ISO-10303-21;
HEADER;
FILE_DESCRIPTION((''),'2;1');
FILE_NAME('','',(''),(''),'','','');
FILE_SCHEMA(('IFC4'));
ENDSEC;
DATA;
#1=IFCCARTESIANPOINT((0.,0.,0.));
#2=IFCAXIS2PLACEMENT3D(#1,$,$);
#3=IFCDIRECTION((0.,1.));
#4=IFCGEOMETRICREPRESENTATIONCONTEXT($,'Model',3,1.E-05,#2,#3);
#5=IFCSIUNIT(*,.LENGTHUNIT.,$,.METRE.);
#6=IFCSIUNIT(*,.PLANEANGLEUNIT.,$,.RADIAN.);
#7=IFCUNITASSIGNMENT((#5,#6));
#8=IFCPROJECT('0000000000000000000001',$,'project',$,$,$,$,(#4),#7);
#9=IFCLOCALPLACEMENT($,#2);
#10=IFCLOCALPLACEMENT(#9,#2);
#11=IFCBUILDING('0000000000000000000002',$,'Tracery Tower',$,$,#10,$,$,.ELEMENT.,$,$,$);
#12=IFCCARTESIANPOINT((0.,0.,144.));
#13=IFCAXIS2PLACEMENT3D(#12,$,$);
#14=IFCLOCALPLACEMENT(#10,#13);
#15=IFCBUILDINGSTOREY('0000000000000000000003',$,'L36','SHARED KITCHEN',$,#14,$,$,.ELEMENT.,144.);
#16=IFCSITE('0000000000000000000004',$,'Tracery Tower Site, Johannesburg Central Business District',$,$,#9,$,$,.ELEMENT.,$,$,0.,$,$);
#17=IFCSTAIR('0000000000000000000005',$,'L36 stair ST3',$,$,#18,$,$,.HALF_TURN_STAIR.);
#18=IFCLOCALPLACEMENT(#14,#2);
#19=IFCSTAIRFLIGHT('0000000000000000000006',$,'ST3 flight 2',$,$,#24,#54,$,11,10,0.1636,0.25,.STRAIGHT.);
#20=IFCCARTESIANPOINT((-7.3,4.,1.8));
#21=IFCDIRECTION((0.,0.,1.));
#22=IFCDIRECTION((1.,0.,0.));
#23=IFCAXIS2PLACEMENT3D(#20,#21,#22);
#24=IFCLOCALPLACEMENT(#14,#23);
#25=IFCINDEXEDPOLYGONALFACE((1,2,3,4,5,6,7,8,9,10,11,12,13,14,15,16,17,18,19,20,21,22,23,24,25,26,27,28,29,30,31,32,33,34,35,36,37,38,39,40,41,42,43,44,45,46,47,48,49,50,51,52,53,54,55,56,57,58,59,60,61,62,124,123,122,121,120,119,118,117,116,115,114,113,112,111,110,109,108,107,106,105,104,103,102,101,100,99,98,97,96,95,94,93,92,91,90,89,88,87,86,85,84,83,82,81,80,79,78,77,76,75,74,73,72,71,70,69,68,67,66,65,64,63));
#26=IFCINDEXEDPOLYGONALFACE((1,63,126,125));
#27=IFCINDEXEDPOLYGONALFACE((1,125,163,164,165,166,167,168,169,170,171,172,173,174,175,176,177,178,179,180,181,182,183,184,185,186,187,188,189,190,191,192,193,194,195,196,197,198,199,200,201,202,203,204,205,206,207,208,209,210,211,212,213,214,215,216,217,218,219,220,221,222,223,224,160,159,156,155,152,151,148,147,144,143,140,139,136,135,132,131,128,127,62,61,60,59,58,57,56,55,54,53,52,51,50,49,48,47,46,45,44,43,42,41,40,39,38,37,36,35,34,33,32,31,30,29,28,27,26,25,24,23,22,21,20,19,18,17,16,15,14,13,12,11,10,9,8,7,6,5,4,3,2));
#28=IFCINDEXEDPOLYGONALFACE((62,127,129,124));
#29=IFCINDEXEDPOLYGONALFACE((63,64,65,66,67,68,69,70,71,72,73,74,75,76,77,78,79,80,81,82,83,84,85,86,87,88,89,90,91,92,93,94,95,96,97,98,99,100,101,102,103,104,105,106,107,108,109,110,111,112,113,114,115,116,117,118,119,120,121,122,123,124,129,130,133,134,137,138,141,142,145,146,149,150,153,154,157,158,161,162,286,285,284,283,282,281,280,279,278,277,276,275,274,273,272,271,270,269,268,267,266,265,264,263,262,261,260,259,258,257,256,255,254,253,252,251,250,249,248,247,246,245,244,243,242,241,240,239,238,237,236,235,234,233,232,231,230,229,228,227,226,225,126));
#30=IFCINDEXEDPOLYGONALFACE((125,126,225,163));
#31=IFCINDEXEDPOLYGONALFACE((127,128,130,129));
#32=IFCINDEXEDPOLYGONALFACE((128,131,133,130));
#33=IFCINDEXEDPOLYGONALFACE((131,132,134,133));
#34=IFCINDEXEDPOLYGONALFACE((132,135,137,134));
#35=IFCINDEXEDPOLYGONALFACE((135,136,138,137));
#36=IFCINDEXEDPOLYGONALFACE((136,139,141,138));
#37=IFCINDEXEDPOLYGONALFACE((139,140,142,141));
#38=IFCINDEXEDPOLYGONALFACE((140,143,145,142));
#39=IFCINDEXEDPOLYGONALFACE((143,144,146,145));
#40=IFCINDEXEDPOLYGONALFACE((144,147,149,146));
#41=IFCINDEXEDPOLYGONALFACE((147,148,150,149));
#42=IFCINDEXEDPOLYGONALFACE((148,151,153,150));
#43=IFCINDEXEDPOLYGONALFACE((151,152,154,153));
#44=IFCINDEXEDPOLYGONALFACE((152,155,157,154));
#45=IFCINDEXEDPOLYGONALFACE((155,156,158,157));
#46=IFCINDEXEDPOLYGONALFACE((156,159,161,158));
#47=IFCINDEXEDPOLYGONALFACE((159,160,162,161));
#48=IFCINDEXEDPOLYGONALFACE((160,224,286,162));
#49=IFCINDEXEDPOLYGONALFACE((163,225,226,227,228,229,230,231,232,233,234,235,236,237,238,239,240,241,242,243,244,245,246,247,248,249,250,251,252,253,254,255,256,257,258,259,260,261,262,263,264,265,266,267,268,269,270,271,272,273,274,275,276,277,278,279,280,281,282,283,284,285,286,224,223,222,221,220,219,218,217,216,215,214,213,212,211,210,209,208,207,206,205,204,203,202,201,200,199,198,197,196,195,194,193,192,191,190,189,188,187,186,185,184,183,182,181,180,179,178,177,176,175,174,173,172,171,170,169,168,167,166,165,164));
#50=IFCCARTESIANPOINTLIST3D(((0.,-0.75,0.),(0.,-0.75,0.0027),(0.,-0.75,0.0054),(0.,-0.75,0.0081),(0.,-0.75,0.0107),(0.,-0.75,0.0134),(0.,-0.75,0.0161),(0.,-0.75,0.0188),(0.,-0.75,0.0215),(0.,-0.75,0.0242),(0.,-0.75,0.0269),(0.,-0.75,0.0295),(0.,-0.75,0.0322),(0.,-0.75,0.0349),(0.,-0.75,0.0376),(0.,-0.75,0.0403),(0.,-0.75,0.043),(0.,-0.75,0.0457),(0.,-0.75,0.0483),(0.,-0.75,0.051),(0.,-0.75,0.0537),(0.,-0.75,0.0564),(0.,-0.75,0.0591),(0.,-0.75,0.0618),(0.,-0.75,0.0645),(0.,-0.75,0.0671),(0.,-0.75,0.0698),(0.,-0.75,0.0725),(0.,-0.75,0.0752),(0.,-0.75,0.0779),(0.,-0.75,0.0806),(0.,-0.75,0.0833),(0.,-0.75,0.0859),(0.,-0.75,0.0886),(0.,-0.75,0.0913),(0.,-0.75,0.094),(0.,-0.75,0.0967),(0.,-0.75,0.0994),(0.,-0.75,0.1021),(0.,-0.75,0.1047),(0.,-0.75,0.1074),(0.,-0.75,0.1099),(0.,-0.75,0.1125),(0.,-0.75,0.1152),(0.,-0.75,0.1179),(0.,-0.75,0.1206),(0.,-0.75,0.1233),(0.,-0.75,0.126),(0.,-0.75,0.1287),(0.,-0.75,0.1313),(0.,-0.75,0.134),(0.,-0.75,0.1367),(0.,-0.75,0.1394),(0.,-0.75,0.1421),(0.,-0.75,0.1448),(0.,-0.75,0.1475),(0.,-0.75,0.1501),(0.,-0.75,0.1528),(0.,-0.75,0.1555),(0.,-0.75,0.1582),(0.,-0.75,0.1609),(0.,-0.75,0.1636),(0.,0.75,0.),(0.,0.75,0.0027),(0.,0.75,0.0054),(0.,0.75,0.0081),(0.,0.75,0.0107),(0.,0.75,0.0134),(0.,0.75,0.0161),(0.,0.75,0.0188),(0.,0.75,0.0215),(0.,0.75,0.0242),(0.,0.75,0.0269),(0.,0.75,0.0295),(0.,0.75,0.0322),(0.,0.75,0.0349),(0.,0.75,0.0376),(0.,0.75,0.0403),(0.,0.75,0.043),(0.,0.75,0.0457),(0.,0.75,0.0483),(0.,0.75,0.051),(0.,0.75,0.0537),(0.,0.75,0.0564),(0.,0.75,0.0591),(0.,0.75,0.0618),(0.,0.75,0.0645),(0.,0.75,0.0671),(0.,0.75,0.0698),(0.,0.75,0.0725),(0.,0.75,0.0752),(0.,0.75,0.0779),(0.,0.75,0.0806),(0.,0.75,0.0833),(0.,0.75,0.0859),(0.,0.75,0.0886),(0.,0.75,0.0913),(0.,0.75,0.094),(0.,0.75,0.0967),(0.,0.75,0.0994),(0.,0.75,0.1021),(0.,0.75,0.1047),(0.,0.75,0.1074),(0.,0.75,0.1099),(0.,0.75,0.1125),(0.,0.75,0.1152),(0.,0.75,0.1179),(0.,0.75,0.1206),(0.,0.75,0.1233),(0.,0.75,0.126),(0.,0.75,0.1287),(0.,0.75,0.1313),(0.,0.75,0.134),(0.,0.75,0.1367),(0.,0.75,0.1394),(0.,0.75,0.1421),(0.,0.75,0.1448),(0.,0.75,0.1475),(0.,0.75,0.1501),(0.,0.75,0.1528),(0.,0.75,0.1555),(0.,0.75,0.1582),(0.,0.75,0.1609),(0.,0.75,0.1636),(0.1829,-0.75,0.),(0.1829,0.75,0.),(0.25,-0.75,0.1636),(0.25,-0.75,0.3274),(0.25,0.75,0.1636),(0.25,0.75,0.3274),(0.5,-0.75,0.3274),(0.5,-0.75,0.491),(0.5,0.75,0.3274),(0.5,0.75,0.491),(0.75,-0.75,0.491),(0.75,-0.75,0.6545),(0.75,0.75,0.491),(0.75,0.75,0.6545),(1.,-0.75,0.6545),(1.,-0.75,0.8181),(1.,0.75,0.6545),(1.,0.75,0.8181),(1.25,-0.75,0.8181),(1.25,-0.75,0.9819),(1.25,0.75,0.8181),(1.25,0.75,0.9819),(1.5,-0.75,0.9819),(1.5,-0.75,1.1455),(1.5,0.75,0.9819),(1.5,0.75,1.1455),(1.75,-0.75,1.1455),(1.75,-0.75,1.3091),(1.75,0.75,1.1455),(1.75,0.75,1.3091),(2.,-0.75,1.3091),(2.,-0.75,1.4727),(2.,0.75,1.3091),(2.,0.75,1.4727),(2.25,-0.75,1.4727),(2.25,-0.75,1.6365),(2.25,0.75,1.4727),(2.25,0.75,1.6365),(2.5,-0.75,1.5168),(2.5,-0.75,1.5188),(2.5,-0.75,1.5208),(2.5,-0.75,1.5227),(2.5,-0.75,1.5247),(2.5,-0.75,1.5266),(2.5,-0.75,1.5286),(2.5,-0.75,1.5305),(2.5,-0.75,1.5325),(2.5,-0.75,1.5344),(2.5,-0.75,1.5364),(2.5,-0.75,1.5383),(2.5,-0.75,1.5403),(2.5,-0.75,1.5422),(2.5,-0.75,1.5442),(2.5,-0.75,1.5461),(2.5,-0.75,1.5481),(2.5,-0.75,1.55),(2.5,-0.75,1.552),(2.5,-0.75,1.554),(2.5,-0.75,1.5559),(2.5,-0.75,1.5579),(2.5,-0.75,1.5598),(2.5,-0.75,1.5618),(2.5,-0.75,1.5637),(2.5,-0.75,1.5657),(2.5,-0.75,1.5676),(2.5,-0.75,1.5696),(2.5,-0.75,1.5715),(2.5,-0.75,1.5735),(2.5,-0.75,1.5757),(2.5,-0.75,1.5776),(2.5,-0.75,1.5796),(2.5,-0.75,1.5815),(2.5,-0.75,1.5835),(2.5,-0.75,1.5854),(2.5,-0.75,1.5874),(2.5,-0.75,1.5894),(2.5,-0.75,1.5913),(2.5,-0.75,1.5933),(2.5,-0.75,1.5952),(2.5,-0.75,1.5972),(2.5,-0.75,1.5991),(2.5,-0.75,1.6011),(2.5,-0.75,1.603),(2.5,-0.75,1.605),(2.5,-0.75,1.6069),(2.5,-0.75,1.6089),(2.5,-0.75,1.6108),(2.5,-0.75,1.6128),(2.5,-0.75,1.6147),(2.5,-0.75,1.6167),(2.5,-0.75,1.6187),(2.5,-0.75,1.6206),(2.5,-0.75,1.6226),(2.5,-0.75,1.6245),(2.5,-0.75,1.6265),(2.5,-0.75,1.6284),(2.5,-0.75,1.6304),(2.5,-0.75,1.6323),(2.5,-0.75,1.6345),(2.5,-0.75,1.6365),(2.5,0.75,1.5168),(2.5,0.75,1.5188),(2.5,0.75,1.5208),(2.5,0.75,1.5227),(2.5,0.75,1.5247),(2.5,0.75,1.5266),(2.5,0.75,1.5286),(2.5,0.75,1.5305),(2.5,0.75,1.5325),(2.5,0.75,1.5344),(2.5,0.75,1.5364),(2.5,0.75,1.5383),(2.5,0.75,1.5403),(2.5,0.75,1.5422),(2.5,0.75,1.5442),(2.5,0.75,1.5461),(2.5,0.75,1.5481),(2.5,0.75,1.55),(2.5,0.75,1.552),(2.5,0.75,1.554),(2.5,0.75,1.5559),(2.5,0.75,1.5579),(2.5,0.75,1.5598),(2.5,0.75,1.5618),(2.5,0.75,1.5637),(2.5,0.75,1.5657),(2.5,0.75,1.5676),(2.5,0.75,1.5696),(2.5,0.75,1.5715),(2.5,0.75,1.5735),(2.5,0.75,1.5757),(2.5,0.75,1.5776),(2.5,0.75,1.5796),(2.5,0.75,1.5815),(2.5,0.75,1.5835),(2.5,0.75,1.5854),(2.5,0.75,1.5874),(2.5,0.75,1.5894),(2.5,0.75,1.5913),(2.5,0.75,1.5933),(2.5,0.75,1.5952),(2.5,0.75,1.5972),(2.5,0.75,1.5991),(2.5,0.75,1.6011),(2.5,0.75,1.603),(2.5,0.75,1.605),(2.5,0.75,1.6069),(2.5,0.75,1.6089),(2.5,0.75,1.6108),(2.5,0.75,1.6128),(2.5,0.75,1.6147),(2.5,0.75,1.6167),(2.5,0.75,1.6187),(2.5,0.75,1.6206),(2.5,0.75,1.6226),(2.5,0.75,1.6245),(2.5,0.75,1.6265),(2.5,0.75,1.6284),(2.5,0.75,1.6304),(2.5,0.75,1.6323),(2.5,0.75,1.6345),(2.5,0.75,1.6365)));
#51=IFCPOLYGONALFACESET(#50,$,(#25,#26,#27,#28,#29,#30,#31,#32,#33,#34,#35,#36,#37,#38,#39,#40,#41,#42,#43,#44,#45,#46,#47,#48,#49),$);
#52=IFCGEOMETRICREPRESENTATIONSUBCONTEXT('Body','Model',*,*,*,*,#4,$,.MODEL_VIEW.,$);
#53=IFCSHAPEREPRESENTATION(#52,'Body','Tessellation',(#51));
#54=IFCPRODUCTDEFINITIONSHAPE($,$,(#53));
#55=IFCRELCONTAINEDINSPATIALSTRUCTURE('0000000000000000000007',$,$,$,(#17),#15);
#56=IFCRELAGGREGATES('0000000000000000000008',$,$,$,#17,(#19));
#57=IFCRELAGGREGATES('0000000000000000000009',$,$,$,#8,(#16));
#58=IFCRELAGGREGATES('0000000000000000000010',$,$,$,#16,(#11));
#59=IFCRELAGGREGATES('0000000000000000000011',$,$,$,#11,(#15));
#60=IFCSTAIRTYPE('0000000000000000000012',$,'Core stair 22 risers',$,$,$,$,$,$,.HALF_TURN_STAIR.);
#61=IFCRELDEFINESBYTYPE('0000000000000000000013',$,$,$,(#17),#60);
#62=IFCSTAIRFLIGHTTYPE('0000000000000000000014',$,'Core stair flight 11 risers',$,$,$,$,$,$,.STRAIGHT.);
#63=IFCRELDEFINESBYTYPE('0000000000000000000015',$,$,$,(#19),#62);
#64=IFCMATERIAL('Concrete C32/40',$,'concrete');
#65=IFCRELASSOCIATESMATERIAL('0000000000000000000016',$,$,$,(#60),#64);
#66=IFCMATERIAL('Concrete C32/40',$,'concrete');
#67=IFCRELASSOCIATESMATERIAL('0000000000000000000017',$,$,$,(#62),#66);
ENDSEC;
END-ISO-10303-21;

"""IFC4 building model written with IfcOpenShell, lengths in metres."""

from ifc_helpers import new_model, si_unit, direction, frame, origin, place, context, subcontext, project, spatial, polyline, outline, extrude, material, type_object, element, aggregate, save


model = new_model("IFC4")

# Units and contexts
model_context = context("Model", 3, precision=1e-05, world=origin(), true_north=direction((0.0, 1.0)))
body_context = subcontext(model_context, "Body", "Model", "MODEL_VIEW")
ifc_project = project(units=[si_unit("LENGTHUNIT", "METRE"), si_unit("PLANEANGLEUNIT", "RADIAN")], contexts=[model_context])

# Site, building, storey
site_placement = place(None, origin())
site = spatial("IfcSite", under=ifc_project, at=site_placement, Name="Tracery Tower Site, Johannesburg Central Business District", CompositionType="ELEMENT", RefElevation=0.0)
building_placement = place(site_placement, origin())
building = spatial("IfcBuilding", under=site, at=building_placement, Name="Tracery Tower", CompositionType="ELEMENT")
storey_placement = place(building_placement, frame((0.0, 0.0, 144.0)))
storey = spatial("IfcBuildingStorey", under=building, at=storey_placement, Name="L36", Description="SHARED KITCHEN", CompositionType="ELEMENT", Elevation=144.0)

# Stair, stair flight
ifc_material_1 = material(Name="Concrete C32/40", Category="concrete")
stair_type = type_object("IfcStairType", Name="Core stair 22 risers", PredefinedType="HALF_TURN_STAIR", material=ifc_material_1)
stair_placement = place(storey_placement, origin())
stair = element("IfcStair", 1, at=stair_placement, inside=storey, type_object=stair_type, Name="L36 stair ST3", PredefinedType="HALF_TURN_STAIR")
ifc_material_2 = material(Name="Concrete C32/40", Category="concrete")
stair_flight_type = type_object("IfcStairFlightType", Name="Core stair flight 11 risers", PredefinedType="STRAIGHT", material=ifc_material_2)
stair_flight_1_placement = place(storey_placement, frame((-7.3, 4.0, 1.8), z_axis=(0.0, 0.0, 1.0), x_axis=(1.0, 0.0, 0.0)))
stair_flight_1 = element("IfcStairFlight", 2, at=stair_flight_1_placement, type_object=stair_flight_type, Name="ST3 flight 2", NumberOfRisers=11, NumberOfTreads=10, PredefinedType="STRAIGHT", RiserHeight=0.1636, TreadLength=0.25, context=body_context, shape_type="SweptSolid", body=[
    extrude(outline(polyline([(0.0, 0.0), (0.0, 0.0027), (0.0, 0.0054), (0.0, 0.0081), (0.0, 0.0107), (0.0, 0.0134), (0.0, 0.0161), (0.0, 0.0188), (0.0, 0.0215), (0.0, 0.0242), (0.0, 0.0269), (0.0, 0.0295), (0.0, 0.0322), (0.0, 0.0349), (0.0, 0.0376), (0.0, 0.0403), (0.0, 0.043), (0.0, 0.0457), (0.0, 0.0483), (0.0, 0.051), (0.0, 0.0537), (0.0, 0.0564), (0.0, 0.0591), (0.0, 0.0618), (0.0, 0.0645), (0.0, 0.0671), (0.0, 0.0698), (0.0, 0.0725), (0.0, 0.0752), (0.0, 0.0779), (0.0, 0.0806), (0.0, 0.0833), (0.0, 0.0859), (0.0, 0.0886), (0.0, 0.0913), (0.0, 0.094), (0.0, 0.0967), (0.0, 0.0994), (0.0, 0.1021), (0.0, 0.1047), (0.0, 0.1074), (0.0, 0.1099), (0.0, 0.1125), (0.0, 0.1152), (0.0, 0.1179), (0.0, 0.1206), (0.0, 0.1233), (0.0, 0.126), (0.0, 0.1287), (0.0, 0.1313), (0.0, 0.134), (0.0, 0.1367), (0.0, 0.1394), (0.0, 0.1421), (0.0, 0.1448), (0.0, 0.1475), (0.0, 0.1501), (0.0, 0.1528), (0.0, 0.1555), (0.0, 0.1582), (0.0, 0.1609), (0.0, 0.1636), (0.25, 0.1636), (0.25, 0.3274), (0.5, 0.3274), (0.5, 0.491), (0.75, 0.491), (0.75, 0.6545), (1.0, 0.6545), (1.0, 0.8181), (1.25, 0.8181), (1.25, 0.9819), (1.5, 0.9819), (1.5, 1.1455), (1.75, 1.1455), (1.75, 1.3091), (2.0, 1.3091), (2.0, 1.4727), (2.25, 1.4727), (2.25, 1.6365), (2.5, 1.6365), (2.5, 1.6345), (2.5, 1.6323), (2.5, 1.6304), (2.5, 1.6284), (2.5, 1.6265), (2.5, 1.6245), (2.5, 1.6226), (2.5, 1.6206), (2.5, 1.6187), (2.5, 1.6167), (2.5, 1.6147), (2.5, 1.6128), (2.5, 1.6108), (2.5, 1.6089), (2.5, 1.6069), (2.5, 1.605), (2.5, 1.603), (2.5, 1.6011), (2.5, 1.5991), (2.5, 1.5972), (2.5, 1.5952), (2.5, 1.5933), (2.5, 1.5913), (2.5, 1.5894), (2.5, 1.5874), (2.5, 1.5854), (2.5, 1.5835), (2.5, 1.5815), (2.5, 1.5796), (2.5, 1.5776), (2.5, 1.5757), (2.5, 1.5735), (2.5, 1.5715), (2.5, 1.5696), (2.5, 1.5676), (2.5, 1.5657), (2.5, 1.5637), (2.5, 1.5618), (2.5, 1.5598), (2.5, 1.5579), (2.5, 1.5559), (2.5, 1.554), (2.5, 1.552), (2.5, 1.55), (2.5, 1.5481), (2.5, 1.5461), (2.5, 1.5442), (2.5, 1.5422), (2.5, 1.5403), (2.5, 1.5383), (2.5, 1.5364), (2.5, 1.5344), (2.5, 1.5325), (2.5, 1.5305), (2.5, 1.5286), (2.5, 1.5266), (2.5, 1.5247), (2.5, 1.5227), (2.5, 1.5208), (2.5, 1.5188), (2.5, 1.5168), (0.1829, 0.0), (0.0, 0.0)])), frame((0.0, 0.75, 0.0), z_axis=(0.0, -1.0, 0.0), x_axis=(1.0, 0.0, 0.0)), (0.0, 0.0, 1.0), 1.5),
])
aggregate(stair, [stair_flight_1])

save(model, "model.ifc")
